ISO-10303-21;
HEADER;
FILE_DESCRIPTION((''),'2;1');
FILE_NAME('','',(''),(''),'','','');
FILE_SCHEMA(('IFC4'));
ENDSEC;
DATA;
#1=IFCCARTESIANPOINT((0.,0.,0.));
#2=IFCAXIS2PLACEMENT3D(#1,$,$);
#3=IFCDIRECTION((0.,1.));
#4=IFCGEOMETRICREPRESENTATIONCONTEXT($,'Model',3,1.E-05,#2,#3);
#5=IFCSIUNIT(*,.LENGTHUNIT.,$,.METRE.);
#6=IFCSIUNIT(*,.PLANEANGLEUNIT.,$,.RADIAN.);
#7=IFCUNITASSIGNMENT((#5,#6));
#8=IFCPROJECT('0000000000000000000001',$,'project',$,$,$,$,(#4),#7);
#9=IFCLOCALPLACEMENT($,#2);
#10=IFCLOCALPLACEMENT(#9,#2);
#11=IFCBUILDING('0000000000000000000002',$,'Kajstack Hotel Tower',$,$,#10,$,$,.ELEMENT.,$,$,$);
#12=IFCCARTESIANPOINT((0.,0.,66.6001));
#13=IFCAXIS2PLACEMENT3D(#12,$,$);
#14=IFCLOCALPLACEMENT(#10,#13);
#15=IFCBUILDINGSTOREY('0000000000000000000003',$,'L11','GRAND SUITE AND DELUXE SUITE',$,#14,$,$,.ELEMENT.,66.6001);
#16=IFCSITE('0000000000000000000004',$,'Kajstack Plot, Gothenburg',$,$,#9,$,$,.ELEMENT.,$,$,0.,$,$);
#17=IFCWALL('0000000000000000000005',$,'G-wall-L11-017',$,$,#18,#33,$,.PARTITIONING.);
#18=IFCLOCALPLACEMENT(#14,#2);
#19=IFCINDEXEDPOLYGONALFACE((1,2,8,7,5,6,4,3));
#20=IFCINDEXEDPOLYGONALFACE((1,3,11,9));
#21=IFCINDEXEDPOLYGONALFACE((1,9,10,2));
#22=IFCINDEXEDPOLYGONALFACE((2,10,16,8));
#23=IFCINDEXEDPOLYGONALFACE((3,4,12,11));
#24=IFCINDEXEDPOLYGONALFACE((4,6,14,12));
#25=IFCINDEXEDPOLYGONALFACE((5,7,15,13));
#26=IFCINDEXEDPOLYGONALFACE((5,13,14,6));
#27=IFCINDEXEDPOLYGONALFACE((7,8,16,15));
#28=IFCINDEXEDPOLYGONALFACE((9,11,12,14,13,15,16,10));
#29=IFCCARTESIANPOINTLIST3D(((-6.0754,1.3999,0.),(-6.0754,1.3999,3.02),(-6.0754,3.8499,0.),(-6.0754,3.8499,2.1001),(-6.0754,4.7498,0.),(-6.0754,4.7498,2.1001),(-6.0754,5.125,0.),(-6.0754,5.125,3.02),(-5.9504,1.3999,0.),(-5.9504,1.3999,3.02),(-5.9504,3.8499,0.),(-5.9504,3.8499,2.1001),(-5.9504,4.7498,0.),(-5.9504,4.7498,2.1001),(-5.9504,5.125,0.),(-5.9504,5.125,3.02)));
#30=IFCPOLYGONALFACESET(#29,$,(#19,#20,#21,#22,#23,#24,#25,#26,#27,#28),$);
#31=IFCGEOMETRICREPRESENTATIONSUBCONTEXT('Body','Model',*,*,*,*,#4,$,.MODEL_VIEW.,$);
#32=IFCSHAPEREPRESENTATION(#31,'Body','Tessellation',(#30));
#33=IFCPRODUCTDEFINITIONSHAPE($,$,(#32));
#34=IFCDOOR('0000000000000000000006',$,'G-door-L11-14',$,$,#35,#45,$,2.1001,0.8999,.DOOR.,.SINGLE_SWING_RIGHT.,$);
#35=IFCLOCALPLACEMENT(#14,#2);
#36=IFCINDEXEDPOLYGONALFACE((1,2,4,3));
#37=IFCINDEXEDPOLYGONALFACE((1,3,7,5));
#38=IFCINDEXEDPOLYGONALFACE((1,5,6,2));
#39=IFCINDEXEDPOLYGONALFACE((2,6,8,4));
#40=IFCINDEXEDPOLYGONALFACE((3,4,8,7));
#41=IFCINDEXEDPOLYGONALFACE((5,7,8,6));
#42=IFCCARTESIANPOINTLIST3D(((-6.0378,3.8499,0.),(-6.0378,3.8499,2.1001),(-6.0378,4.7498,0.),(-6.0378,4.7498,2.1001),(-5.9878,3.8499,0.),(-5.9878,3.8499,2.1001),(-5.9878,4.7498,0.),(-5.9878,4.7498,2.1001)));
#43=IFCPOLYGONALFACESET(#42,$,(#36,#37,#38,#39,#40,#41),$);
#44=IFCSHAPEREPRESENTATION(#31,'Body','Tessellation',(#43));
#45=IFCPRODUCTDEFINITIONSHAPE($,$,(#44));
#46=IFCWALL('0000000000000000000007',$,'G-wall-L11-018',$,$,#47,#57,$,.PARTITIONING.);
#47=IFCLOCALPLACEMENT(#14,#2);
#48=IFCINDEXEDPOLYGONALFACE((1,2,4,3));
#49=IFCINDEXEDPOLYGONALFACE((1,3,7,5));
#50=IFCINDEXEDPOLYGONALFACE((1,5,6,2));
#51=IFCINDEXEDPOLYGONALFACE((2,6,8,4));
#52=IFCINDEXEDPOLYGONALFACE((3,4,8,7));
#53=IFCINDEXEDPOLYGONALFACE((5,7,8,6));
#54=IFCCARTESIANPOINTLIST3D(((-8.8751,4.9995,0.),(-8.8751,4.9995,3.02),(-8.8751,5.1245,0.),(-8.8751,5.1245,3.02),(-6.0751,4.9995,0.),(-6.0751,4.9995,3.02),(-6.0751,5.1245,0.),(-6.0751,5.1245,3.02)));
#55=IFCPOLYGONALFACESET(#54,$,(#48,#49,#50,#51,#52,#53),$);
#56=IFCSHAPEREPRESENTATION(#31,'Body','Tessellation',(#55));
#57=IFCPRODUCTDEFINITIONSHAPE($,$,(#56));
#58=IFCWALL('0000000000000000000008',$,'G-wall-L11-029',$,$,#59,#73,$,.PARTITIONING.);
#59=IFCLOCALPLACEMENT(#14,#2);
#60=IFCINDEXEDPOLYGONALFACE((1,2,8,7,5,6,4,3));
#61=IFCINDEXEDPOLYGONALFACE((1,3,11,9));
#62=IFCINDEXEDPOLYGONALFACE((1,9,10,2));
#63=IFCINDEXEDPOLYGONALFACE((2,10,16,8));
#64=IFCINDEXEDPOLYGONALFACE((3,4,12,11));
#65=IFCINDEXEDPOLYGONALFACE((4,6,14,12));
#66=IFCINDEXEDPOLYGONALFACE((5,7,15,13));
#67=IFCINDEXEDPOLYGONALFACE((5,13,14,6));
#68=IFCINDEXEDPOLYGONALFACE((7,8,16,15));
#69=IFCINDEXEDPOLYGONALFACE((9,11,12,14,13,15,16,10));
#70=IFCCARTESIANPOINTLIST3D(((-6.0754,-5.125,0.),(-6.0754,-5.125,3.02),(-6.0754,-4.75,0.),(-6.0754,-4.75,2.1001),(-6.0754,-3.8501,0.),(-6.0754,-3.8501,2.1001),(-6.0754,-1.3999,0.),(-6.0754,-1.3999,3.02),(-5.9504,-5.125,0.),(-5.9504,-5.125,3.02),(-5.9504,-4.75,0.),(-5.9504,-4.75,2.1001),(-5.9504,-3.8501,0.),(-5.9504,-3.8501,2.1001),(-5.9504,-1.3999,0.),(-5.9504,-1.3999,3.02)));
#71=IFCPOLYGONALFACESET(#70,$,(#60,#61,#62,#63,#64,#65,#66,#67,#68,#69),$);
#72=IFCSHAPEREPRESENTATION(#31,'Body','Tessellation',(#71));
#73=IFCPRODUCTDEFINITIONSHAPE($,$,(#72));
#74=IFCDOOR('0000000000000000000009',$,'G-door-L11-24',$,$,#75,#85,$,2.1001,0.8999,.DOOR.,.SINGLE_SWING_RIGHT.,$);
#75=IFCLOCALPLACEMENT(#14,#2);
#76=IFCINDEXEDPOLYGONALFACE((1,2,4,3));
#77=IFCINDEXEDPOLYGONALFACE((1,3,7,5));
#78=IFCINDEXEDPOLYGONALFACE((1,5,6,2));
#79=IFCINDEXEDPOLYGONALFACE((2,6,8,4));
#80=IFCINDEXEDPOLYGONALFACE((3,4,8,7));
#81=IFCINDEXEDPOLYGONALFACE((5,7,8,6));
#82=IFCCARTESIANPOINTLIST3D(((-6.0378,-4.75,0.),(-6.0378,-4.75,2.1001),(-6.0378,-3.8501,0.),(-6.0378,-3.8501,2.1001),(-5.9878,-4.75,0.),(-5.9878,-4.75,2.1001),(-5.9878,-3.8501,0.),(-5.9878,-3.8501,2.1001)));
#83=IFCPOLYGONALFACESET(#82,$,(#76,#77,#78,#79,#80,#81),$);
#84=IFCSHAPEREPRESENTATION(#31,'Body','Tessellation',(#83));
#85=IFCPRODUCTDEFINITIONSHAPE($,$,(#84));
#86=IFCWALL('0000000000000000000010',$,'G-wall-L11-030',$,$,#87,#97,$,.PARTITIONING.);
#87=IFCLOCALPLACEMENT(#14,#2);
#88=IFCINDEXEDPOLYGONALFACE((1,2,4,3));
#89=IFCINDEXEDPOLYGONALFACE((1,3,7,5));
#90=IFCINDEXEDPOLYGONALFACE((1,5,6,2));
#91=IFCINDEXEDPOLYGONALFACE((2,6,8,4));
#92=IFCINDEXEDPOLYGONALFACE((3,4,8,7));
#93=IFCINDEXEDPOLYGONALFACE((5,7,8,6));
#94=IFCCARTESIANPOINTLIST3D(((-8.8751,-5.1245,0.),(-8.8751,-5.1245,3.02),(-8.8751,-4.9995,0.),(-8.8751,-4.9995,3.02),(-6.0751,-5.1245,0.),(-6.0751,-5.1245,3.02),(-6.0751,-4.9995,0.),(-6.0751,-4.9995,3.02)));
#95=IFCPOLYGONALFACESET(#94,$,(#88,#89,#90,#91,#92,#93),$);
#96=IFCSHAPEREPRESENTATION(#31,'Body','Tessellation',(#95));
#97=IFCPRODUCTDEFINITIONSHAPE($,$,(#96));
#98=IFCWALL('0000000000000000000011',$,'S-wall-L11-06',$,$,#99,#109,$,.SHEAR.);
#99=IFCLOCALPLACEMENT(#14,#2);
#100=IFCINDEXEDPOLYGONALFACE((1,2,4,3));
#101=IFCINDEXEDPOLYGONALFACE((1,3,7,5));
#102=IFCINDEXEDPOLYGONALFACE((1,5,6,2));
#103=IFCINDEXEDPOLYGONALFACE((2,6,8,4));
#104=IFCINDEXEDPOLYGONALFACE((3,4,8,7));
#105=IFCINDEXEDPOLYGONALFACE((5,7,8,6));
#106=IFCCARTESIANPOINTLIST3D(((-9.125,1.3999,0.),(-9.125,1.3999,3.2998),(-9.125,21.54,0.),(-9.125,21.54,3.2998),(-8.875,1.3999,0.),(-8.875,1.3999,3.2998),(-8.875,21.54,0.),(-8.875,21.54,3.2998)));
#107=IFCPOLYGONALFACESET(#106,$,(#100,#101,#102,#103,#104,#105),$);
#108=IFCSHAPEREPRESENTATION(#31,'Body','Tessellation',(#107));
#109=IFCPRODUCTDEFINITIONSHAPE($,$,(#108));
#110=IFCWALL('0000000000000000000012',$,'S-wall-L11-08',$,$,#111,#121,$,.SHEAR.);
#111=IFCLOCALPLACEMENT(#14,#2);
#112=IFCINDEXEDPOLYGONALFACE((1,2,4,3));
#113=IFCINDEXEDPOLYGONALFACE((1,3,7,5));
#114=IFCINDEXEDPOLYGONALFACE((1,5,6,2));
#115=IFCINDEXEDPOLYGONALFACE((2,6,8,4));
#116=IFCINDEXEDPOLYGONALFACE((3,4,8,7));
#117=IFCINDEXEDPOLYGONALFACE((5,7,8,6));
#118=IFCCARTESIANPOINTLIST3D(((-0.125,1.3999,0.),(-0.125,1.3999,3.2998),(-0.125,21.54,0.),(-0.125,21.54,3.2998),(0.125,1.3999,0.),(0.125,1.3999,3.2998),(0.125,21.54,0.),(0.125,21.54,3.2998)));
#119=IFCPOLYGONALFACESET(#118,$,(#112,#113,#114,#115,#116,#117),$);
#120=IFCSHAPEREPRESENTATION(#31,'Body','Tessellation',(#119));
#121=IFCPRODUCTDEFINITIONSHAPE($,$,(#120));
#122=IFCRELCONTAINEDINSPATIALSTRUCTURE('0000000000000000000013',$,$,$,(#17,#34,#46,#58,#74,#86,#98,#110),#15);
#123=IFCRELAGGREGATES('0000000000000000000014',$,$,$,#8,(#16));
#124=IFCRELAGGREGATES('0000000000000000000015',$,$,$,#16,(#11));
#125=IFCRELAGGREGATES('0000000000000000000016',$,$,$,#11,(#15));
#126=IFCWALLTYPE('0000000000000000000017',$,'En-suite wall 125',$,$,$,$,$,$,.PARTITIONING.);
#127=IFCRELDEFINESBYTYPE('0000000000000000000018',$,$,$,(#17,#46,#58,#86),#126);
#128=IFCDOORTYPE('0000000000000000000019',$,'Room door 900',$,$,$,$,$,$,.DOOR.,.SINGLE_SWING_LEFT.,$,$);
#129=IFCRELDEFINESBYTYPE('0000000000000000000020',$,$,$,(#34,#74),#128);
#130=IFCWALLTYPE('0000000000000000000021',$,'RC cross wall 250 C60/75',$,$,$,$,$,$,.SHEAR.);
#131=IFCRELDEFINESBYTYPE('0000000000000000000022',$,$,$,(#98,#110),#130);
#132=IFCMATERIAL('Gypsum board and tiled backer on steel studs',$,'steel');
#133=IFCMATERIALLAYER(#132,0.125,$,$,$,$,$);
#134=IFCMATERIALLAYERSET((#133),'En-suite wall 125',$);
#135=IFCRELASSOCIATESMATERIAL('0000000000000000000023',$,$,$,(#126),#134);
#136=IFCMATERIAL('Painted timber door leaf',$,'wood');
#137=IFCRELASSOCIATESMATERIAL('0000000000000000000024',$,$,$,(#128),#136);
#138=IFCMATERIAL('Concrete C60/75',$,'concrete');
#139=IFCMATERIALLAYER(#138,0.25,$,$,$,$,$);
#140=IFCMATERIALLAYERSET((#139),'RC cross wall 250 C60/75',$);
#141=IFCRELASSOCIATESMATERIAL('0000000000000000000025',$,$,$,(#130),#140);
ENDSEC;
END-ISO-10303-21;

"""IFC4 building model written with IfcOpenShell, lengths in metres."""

from ifc_helpers import new_model, si_unit, direction, frame, frame_2d, origin, place, context, subcontext, project, spatial, rectangle, extrude, material, layer, layer_set, type_object, element, fill, save


model = new_model("IFC4")

# Units and contexts
model_context = context("Model", 3, precision=1e-05, world=origin(), true_north=direction((0.0, 1.0)))
body_context = subcontext(model_context, "Body", "Model", "MODEL_VIEW")
ifc_project = project(units=[si_unit("LENGTHUNIT", "METRE"), si_unit("PLANEANGLEUNIT", "RADIAN")], contexts=[model_context])

# Site, building, storey
site_placement = place(None, origin())
site = spatial("IfcSite", under=ifc_project, at=site_placement, Name="Kajstack Plot, Gothenburg", CompositionType="ELEMENT", RefElevation=0.0)
building_placement = place(site_placement, origin())
building = spatial("IfcBuilding", under=site, at=building_placement, Name="Kajstack Hotel Tower", CompositionType="ELEMENT")
storey_placement = place(building_placement, frame((0.0, 0.0, 66.6001)))
storey = spatial("IfcBuildingStorey", under=building, at=storey_placement, Name="L11", Description="GRAND SUITE AND DELUXE SUITE", CompositionType="ELEMENT", Elevation=66.6001)

# Wall, opening, door
ifc_material_1 = material(Name="Gypsum board and tiled backer on steel studs", Category="steel")
ifc_layer_1 = layer(ifc_material_1, 0.125)
ifc_layer_set_1 = layer_set([ifc_layer_1], Name="En-suite wall 125")
wall_type_1 = type_object("IfcWallType", Name="En-suite wall 125", PredefinedType="PARTITIONING", material=ifc_layer_set_1)
ifc_material_2 = material(Name="Painted timber door leaf", Category="wood")
door_type = type_object("IfcDoorType", Name="Room door 900", OperationType="SINGLE_SWING_LEFT", PredefinedType="DOOR", material=ifc_material_2)
wall_1_placement = place(storey_placement, frame((-6.0129, 1.3999, 0.0), z_axis=(0.0, 0.0, 1.0), x_axis=(0.0, 1.0, 0.0)))
wall_1 = element("IfcWall", 1, at=wall_1_placement, inside=storey, type_object=wall_type_1, Name="G-wall-L11-017", PredefinedType="PARTITIONING", context=body_context, shape_type="SweptSolid", body=[
    extrude(rectangle(XDim=3.7251, YDim=0.125, at=frame_2d((1.8625, 0.0))), origin(), (0.0, 0.0, 1.0), 3.02),
])
opening_1_placement = place(wall_1_placement, frame((2.45, 0.0, 0.0)))
opening_1 = element("IfcOpeningElement", 2, at=opening_1_placement, cuts=wall_1, PredefinedType="OPENING", context=body_context, shape_type="SweptSolid", body=[
    extrude(rectangle(XDim=0.8999, YDim=2.1001, at=frame_2d((0.45, 1.05))), frame((0.0, 0.0725, 0.0), z_axis=(0.0, -1.0, 0.0), x_axis=(1.0, 0.0, 0.0)), (0.0, 0.0, 1.0), 0.145),
])
door_1_placement = place(opening_1_placement, origin())
door_1 = element("IfcDoor", 3, at=door_1_placement, inside=storey, type_object=door_type, Name="G-door-L11-14", OperationType="SINGLE_SWING_RIGHT", OverallHeight=2.1001, OverallWidth=0.8999, PredefinedType="DOOR", context=body_context, shape_type="SweptSolid", body=[
    extrude(rectangle(XDim=0.8999, YDim=2.1001, at=frame_2d((0.45, 1.05))), frame((0.0, 0.0249, 0.0), z_axis=(0.0, -1.0, 0.0), x_axis=(1.0, 0.0, 0.0)), (0.0, 0.0, 1.0), 0.05),
])
fill(opening_1, door_1)

# Wall
wall_2_placement = place(storey_placement, frame((-8.875, 5.062, 0.0), z_axis=(0.0, 0.0, 1.0), x_axis=(1.0, 0.0, 0.0)))
element("IfcWall", 4, at=wall_2_placement, inside=storey, type_object=wall_type_1, Name="G-wall-L11-018", PredefinedType="PARTITIONING", context=body_context, shape_type="SweptSolid", body=[
    extrude(rectangle(XDim=2.8, YDim=0.125, at=frame_2d((1.3999, 0.0))), origin(), (0.0, 0.0, 1.0), 3.02),
])

# Wall, opening, door
wall_3_placement = place(storey_placement, frame((-6.0129, -5.125, 0.0), z_axis=(0.0, 0.0, 1.0), x_axis=(0.0, 1.0, 0.0)))
wall_3 = element("IfcWall", 5, at=wall_3_placement, inside=storey, type_object=wall_type_1, Name="G-wall-L11-029", PredefinedType="PARTITIONING", context=body_context, shape_type="SweptSolid", body=[
    extrude(rectangle(XDim=3.7251, YDim=0.125, at=frame_2d((1.8625, 0.0))), origin(), (0.0, 0.0, 1.0), 3.02),
])
opening_2_placement = place(wall_3_placement, frame((0.375, 0.0, 0.0)))
opening_2 = element("IfcOpeningElement", 6, at=opening_2_placement, cuts=wall_3, PredefinedType="OPENING", context=body_context, shape_type="SweptSolid", body=[
    extrude(rectangle(XDim=0.8999, YDim=2.1001, at=frame_2d((0.45, 1.05))), frame((0.0, 0.0725, 0.0), z_axis=(0.0, -1.0, 0.0), x_axis=(1.0, 0.0, 0.0)), (0.0, 0.0, 1.0), 0.145),
])
door_2_placement = place(opening_2_placement, origin())
door_2 = element("IfcDoor", 7, at=door_2_placement, inside=storey, type_object=door_type, Name="G-door-L11-24", OperationType="SINGLE_SWING_RIGHT", OverallHeight=2.1001, OverallWidth=0.8999, PredefinedType="DOOR", context=body_context, shape_type="SweptSolid", body=[
    extrude(rectangle(XDim=0.8999, YDim=2.1001, at=frame_2d((0.45, 1.05))), frame((0.0, 0.0249, 0.0), z_axis=(0.0, -1.0, 0.0), x_axis=(1.0, 0.0, 0.0)), (0.0, 0.0, 1.0), 0.05),
])
fill(opening_2, door_2)

# Walls
wall_4_placement = place(storey_placement, frame((-8.875, -5.062, 0.0), z_axis=(0.0, 0.0, 1.0), x_axis=(1.0, 0.0, 0.0)))
element("IfcWall", 8, at=wall_4_placement, inside=storey, type_object=wall_type_1, Name="G-wall-L11-030", PredefinedType="PARTITIONING", context=body_context, shape_type="SweptSolid", body=[
    extrude(rectangle(XDim=2.8, YDim=0.125, at=frame_2d((1.3999, 0.0))), origin(), (0.0, 0.0, 1.0), 3.02),
])
ifc_material_3 = material(Name="Concrete C60/75", Category="concrete")
ifc_layer_2 = layer(ifc_material_3, 0.25)
ifc_layer_set_2 = layer_set([ifc_layer_2], Name="RC cross wall 250 C60/75")
wall_type_2 = type_object("IfcWallType", Name="RC cross wall 250 C60/75", PredefinedType="SHEAR", material=ifc_layer_set_2)
for number, where, z_axis, x_axis, name in (
    (9, (-9.0, 1.3999, 0.0), (0.0, 0.0, 1.0), (0.0, 1.0, 0.0), "S-wall-L11-06"),
    (10, (0.0, 1.3999, 0.0), (0.0, 0.0, 1.0), (0.0, 1.0, 0.0), "S-wall-L11-08"),
):
    element("IfcWall", number, at=place(storey_placement, frame(where, z_axis=z_axis, x_axis=x_axis)), inside=storey, type_object=wall_type_2, Name=name, PredefinedType="SHEAR", context=body_context, shape_type="SweptSolid", body=[
        extrude(rectangle(XDim=20.1401, YDim=0.25, at=frame_2d((10.0701, 0.0))), origin(), (0.0, 0.0, 1.0), 3.2998),
    ])

save(model, "model.ifc")
